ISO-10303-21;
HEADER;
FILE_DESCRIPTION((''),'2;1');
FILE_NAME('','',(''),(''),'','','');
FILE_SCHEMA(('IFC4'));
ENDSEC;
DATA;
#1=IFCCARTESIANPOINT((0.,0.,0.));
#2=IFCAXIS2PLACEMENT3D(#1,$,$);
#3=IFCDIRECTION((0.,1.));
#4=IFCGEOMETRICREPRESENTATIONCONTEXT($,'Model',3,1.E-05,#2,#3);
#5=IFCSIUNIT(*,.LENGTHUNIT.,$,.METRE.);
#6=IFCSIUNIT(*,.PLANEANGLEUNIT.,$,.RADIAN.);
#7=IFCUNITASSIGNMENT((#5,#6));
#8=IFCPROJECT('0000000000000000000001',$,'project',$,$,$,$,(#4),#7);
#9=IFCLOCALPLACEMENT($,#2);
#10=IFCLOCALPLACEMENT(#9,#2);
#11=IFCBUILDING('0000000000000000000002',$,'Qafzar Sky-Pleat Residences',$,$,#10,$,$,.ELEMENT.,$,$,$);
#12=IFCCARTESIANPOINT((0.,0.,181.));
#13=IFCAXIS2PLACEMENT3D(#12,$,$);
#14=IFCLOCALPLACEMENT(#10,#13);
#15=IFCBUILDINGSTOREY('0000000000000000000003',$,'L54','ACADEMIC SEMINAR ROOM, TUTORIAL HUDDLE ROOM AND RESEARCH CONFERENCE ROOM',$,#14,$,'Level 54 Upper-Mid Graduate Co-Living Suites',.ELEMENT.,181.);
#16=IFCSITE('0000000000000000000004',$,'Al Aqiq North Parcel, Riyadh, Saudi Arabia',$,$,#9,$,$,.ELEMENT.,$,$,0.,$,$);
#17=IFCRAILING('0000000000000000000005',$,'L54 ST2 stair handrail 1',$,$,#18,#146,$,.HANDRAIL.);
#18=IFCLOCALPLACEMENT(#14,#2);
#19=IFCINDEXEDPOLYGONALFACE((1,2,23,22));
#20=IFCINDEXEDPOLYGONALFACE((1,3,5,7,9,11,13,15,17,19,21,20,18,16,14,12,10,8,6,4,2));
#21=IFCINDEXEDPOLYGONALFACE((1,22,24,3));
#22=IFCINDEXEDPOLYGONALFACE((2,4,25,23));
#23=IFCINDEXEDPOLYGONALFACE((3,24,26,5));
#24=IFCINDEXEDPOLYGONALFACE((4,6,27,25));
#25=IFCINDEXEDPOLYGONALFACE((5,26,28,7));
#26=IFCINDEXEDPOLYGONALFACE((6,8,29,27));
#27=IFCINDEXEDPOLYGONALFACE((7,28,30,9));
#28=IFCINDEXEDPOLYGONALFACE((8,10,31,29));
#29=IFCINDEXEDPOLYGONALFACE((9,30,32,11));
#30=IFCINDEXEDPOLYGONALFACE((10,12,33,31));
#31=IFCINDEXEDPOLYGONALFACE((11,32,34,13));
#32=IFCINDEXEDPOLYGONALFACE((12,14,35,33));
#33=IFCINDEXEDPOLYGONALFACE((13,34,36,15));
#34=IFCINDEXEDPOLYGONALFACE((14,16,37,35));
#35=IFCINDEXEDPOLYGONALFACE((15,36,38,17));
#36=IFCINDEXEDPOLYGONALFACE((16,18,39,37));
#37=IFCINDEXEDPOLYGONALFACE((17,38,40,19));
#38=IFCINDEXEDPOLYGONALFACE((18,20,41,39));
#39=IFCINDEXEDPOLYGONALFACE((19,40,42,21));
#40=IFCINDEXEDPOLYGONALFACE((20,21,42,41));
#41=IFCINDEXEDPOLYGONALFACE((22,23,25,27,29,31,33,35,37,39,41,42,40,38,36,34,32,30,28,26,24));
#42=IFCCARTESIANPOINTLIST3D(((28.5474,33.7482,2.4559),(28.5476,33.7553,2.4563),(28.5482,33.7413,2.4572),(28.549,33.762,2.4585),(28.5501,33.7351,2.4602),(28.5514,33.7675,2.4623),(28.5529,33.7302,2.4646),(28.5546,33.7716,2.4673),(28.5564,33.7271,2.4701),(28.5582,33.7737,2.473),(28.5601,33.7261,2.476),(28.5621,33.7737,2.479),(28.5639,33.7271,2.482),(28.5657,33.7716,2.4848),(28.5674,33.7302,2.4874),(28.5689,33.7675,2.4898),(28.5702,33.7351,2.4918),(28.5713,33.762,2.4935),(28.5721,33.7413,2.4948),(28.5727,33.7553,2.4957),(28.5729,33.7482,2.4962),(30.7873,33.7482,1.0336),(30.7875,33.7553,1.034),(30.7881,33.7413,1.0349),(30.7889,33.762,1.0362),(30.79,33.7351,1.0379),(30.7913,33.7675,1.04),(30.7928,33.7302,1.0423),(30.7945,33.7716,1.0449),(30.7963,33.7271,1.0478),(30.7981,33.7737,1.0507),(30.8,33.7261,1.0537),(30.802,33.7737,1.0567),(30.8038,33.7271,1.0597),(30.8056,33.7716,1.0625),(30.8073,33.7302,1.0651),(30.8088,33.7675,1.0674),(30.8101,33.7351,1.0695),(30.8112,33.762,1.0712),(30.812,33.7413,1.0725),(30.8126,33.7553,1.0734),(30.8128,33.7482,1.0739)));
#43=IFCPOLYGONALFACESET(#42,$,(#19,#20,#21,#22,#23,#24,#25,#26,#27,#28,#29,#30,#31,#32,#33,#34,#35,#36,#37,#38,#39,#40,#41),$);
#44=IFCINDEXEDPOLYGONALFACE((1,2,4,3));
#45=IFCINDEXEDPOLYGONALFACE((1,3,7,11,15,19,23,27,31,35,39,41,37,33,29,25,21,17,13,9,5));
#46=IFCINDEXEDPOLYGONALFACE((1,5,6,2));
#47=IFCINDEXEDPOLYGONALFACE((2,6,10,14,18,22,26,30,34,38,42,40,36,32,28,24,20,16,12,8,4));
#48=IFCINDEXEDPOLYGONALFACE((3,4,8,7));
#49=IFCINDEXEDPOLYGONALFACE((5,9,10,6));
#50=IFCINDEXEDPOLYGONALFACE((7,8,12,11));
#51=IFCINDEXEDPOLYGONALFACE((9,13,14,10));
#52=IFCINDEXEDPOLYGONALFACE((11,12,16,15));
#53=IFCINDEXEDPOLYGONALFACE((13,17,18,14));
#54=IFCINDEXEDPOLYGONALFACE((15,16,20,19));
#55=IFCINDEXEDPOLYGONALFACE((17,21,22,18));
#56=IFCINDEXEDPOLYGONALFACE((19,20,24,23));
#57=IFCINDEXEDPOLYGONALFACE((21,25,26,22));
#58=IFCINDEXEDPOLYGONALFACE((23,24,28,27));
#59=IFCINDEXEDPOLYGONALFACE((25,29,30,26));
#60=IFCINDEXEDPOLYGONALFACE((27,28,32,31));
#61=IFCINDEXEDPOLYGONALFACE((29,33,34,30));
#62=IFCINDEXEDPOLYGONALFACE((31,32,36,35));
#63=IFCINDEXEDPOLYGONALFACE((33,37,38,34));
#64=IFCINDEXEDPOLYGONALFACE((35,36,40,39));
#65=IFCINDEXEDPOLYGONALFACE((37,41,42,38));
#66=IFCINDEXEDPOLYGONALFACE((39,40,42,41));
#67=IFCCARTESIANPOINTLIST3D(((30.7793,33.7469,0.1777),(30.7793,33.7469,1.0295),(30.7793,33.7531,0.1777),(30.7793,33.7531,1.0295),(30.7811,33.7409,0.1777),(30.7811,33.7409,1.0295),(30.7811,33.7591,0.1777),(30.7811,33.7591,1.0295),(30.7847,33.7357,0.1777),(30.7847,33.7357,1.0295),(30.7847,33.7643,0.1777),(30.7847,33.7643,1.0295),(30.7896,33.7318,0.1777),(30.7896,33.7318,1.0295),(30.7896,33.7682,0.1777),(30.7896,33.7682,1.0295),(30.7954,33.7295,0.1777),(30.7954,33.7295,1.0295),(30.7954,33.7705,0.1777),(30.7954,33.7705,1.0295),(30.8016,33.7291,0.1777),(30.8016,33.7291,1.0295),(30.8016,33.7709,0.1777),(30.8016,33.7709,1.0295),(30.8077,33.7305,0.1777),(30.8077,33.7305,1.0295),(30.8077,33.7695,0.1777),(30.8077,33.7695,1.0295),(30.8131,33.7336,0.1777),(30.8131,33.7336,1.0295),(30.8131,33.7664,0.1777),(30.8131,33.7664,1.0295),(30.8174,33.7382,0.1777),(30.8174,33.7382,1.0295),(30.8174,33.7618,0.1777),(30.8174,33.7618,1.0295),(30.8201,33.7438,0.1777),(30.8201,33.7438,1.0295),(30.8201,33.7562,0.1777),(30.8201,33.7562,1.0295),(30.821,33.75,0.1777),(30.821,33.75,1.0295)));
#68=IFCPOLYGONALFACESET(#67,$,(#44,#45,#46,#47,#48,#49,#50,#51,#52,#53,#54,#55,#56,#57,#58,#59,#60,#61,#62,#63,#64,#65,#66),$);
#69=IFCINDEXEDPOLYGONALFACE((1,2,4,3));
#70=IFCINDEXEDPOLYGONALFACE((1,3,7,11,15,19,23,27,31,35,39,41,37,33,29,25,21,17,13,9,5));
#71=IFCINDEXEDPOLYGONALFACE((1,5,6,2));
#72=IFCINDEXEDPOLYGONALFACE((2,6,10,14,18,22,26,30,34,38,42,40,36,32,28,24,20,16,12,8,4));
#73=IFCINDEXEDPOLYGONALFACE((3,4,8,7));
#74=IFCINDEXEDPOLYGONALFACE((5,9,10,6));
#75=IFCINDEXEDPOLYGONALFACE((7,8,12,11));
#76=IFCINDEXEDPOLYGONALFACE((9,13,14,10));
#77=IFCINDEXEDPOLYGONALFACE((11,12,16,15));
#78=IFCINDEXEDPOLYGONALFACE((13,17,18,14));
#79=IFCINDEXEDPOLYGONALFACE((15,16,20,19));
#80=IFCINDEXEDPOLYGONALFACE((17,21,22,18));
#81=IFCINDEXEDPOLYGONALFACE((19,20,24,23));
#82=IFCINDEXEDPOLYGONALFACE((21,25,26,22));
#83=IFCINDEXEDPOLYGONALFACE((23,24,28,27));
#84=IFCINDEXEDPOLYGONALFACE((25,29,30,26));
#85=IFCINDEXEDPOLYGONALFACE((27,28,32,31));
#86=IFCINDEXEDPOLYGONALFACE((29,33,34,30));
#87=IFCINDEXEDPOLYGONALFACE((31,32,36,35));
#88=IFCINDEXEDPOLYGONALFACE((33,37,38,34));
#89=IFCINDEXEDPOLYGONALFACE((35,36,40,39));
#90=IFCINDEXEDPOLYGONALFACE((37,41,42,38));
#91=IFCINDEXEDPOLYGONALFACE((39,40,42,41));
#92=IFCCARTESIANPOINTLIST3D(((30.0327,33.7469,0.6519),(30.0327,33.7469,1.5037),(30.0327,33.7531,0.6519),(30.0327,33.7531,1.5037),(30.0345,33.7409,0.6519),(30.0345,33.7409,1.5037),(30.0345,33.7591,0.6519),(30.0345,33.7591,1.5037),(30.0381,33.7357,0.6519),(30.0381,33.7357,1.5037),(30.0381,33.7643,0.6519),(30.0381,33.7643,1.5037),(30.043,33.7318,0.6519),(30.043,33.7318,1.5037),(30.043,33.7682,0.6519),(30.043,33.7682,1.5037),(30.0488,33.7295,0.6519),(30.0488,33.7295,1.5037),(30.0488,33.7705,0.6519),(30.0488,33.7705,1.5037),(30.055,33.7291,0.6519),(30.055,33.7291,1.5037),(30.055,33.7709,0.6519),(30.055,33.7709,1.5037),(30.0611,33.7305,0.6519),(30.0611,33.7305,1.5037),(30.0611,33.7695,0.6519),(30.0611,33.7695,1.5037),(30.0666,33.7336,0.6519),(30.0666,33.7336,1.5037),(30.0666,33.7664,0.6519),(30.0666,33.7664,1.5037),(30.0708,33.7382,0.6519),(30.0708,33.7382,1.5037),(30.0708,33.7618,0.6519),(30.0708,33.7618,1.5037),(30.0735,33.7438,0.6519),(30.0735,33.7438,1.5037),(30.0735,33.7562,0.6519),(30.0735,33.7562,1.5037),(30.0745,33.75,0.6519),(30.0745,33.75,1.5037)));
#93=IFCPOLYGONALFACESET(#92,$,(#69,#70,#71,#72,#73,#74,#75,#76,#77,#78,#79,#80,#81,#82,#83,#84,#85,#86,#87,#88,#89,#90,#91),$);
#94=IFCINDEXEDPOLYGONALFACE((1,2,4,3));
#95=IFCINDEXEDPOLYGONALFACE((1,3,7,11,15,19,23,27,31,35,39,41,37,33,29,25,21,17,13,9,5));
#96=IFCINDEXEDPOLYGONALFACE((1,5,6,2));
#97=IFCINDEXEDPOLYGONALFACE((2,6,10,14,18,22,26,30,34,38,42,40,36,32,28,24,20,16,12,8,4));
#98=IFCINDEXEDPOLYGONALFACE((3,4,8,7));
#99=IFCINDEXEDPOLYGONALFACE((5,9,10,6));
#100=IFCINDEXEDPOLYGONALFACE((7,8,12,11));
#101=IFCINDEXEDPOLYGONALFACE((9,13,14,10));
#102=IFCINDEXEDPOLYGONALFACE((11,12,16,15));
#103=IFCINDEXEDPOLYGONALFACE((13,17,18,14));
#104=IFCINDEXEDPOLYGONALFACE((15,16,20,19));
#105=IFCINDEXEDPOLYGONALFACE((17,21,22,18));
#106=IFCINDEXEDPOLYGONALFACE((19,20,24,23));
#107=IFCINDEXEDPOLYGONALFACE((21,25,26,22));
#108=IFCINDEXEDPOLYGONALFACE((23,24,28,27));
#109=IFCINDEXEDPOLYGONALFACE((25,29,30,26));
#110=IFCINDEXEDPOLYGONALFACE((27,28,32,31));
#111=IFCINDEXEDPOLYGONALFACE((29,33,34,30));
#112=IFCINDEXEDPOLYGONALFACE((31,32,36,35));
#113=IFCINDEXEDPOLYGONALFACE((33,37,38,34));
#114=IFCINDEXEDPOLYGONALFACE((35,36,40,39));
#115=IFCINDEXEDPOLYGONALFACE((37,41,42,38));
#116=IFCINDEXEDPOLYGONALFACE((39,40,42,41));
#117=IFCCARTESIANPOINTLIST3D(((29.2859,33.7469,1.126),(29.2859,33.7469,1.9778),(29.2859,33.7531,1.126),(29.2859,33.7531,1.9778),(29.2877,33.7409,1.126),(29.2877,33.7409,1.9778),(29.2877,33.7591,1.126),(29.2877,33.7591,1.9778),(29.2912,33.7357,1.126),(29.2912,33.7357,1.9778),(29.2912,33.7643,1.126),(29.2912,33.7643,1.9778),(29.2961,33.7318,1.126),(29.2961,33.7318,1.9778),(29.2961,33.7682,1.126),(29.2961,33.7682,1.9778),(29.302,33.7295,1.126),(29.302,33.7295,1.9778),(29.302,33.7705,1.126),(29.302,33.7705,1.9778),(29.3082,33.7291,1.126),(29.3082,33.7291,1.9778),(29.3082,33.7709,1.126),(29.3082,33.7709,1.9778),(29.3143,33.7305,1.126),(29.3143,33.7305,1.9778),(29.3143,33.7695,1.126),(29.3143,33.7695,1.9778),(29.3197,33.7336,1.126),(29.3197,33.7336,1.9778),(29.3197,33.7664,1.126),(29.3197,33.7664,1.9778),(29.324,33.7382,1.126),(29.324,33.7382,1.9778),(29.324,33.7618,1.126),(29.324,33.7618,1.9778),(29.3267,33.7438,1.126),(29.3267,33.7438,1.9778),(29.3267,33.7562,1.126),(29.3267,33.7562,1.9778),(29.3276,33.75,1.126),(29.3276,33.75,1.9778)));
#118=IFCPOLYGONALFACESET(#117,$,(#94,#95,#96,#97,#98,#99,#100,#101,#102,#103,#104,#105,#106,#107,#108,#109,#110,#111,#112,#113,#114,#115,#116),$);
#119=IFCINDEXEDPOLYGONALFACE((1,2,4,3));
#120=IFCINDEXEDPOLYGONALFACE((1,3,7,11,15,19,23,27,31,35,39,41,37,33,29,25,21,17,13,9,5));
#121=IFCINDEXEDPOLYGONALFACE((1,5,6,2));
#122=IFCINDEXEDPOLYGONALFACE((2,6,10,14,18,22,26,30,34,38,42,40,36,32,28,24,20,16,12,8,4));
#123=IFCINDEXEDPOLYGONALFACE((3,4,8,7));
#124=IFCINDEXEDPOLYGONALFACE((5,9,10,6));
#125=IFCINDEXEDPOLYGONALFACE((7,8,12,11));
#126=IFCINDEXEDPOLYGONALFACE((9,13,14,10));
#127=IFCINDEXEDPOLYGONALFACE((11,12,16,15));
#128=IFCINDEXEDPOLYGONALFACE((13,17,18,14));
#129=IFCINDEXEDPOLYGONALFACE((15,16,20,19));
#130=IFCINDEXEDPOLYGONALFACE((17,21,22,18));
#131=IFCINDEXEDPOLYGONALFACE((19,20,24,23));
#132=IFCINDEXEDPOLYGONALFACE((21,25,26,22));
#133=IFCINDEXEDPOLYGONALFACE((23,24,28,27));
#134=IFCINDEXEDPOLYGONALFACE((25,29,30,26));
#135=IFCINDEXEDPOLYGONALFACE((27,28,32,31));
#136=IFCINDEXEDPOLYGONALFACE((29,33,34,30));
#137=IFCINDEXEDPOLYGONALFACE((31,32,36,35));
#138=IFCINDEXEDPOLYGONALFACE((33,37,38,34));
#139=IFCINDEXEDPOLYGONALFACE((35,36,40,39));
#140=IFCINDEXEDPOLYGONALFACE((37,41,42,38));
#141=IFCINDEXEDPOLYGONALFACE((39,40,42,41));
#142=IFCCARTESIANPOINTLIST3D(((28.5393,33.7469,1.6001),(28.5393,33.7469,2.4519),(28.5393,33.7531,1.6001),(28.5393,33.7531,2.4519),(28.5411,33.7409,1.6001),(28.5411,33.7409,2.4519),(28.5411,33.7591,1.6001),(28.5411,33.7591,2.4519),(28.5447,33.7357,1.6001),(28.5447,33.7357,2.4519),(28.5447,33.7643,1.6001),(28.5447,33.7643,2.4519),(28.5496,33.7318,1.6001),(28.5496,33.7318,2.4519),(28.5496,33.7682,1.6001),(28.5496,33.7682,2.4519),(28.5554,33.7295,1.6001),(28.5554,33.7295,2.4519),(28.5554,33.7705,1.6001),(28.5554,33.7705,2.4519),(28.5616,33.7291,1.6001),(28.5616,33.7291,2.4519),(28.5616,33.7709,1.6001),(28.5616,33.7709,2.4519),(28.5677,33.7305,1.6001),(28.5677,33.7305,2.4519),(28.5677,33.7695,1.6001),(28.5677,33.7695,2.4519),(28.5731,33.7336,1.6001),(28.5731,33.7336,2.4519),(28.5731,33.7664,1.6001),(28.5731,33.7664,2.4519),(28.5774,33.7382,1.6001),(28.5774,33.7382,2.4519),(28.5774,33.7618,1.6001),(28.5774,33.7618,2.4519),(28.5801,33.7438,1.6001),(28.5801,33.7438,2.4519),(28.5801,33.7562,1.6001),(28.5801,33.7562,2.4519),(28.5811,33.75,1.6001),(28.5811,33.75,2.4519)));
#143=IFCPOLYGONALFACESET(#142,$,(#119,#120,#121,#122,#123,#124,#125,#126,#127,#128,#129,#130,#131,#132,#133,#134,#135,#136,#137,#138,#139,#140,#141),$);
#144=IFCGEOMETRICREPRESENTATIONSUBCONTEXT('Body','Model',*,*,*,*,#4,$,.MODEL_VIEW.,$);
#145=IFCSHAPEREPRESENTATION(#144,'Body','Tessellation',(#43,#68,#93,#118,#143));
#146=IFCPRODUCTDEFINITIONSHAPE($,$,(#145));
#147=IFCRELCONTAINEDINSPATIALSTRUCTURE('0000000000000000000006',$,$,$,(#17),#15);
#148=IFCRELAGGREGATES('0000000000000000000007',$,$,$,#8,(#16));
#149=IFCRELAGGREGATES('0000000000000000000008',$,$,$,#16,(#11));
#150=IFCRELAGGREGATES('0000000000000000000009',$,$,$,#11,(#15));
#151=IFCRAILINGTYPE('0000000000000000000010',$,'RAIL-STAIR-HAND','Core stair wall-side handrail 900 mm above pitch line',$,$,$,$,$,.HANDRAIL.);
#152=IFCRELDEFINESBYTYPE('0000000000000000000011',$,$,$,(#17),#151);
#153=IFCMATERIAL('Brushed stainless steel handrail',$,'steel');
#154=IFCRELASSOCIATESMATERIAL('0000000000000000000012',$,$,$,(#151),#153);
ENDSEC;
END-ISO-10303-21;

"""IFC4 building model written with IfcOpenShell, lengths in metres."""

from ifc_helpers import new_model, si_unit, direction, frame, origin, origin_2d, place, context, subcontext, project, spatial, circle, extrude, source, transform, mapped, material, type_object, element, save


model = new_model("IFC4")

# Units and contexts
model_context = context("Model", 3, precision=1e-05, world=origin(), true_north=direction((0.0, 1.0)))
body_context = subcontext(model_context, "Body", "Model", "MODEL_VIEW")
ifc_project = project(units=[si_unit("LENGTHUNIT", "METRE"), si_unit("PLANEANGLEUNIT", "RADIAN")], contexts=[model_context])

# Site, building, storey
site_placement = place(None, origin())
site = spatial("IfcSite", under=ifc_project, at=site_placement, Name="Al Aqiq North Parcel, Riyadh, Saudi Arabia", CompositionType="ELEMENT", RefElevation=0.0)
building_placement = place(site_placement, origin())
building = spatial("IfcBuilding", under=site, at=building_placement, Name="Qafzar Sky-Pleat Residences", CompositionType="ELEMENT")
storey_placement = place(building_placement, frame((0.0, 0.0, 181.0)))
storey = spatial("IfcBuildingStorey", under=building, at=storey_placement, Name="L54", Description="ACADEMIC SEMINAR ROOM, TUTORIAL HUDDLE ROOM AND RESEARCH CONFERENCE ROOM", LongName="Level 54 Upper-Mid Graduate Co-Living Suites", CompositionType="ELEMENT", Elevation=181.0)

# Railing
ifc_material_1 = material(Name="Brushed stainless steel handrail", Category="steel")
railing_type_1 = type_object("IfcRailingType", Name="RAIL-STAIR-HAND", Description="Core stair wall-side handrail 900 mm above pitch line", PredefinedType="HANDRAIL", material=ifc_material_1)
shared_shape_1 = source(origin(), body_context, "Body", "SweptSolid", [
    extrude(circle(Radius=0.0239, at=origin_2d()), frame((0.0, 0.0, 0.876), z_axis=(-0.844188, 0.0, 0.536048), x_axis=(0.0, -1.0, 0.0)), (0.0, 0.0, 1.0), 2.6533),
    extrude(circle(Radius=0.021, at=origin_2d()), origin(), (0.0, 0.0, 1.0), 0.8518),
    extrude(circle(Radius=0.021, at=origin_2d()), frame((-0.7466, 0.0, 0.4741)), (0.0, 0.0, 1.0), 0.8518),
    extrude(circle(Radius=0.021, at=origin_2d()), frame((-1.4934, 0.0, 0.9482)), (0.0, 0.0, 1.0), 0.8518),
    extrude(circle(Radius=0.021, at=origin_2d()), frame((-2.24, 0.0, 1.4224)), (0.0, 0.0, 1.0), 0.8518),
])
railing_1_placement = place(storey_placement, frame((30.8, 33.75, 0.1777)))
element("IfcRailing", 1, at=railing_1_placement, inside=storey, type_object=railing_type_1, Name="L54 ST2 stair handrail 1", PredefinedType="HANDRAIL", context=body_context, shape_type="MappedRepresentation", body=[
    mapped(shared_shape_1, transform((0.0, 0.0, 0.0), x_axis=(1.0, 0.0, 0.0), y_axis=(0.0, 1.0, 0.0), z_axis=(0.0, 0.0, 1.0), scale=1.0)),
])

save(model, "model.ifc")
